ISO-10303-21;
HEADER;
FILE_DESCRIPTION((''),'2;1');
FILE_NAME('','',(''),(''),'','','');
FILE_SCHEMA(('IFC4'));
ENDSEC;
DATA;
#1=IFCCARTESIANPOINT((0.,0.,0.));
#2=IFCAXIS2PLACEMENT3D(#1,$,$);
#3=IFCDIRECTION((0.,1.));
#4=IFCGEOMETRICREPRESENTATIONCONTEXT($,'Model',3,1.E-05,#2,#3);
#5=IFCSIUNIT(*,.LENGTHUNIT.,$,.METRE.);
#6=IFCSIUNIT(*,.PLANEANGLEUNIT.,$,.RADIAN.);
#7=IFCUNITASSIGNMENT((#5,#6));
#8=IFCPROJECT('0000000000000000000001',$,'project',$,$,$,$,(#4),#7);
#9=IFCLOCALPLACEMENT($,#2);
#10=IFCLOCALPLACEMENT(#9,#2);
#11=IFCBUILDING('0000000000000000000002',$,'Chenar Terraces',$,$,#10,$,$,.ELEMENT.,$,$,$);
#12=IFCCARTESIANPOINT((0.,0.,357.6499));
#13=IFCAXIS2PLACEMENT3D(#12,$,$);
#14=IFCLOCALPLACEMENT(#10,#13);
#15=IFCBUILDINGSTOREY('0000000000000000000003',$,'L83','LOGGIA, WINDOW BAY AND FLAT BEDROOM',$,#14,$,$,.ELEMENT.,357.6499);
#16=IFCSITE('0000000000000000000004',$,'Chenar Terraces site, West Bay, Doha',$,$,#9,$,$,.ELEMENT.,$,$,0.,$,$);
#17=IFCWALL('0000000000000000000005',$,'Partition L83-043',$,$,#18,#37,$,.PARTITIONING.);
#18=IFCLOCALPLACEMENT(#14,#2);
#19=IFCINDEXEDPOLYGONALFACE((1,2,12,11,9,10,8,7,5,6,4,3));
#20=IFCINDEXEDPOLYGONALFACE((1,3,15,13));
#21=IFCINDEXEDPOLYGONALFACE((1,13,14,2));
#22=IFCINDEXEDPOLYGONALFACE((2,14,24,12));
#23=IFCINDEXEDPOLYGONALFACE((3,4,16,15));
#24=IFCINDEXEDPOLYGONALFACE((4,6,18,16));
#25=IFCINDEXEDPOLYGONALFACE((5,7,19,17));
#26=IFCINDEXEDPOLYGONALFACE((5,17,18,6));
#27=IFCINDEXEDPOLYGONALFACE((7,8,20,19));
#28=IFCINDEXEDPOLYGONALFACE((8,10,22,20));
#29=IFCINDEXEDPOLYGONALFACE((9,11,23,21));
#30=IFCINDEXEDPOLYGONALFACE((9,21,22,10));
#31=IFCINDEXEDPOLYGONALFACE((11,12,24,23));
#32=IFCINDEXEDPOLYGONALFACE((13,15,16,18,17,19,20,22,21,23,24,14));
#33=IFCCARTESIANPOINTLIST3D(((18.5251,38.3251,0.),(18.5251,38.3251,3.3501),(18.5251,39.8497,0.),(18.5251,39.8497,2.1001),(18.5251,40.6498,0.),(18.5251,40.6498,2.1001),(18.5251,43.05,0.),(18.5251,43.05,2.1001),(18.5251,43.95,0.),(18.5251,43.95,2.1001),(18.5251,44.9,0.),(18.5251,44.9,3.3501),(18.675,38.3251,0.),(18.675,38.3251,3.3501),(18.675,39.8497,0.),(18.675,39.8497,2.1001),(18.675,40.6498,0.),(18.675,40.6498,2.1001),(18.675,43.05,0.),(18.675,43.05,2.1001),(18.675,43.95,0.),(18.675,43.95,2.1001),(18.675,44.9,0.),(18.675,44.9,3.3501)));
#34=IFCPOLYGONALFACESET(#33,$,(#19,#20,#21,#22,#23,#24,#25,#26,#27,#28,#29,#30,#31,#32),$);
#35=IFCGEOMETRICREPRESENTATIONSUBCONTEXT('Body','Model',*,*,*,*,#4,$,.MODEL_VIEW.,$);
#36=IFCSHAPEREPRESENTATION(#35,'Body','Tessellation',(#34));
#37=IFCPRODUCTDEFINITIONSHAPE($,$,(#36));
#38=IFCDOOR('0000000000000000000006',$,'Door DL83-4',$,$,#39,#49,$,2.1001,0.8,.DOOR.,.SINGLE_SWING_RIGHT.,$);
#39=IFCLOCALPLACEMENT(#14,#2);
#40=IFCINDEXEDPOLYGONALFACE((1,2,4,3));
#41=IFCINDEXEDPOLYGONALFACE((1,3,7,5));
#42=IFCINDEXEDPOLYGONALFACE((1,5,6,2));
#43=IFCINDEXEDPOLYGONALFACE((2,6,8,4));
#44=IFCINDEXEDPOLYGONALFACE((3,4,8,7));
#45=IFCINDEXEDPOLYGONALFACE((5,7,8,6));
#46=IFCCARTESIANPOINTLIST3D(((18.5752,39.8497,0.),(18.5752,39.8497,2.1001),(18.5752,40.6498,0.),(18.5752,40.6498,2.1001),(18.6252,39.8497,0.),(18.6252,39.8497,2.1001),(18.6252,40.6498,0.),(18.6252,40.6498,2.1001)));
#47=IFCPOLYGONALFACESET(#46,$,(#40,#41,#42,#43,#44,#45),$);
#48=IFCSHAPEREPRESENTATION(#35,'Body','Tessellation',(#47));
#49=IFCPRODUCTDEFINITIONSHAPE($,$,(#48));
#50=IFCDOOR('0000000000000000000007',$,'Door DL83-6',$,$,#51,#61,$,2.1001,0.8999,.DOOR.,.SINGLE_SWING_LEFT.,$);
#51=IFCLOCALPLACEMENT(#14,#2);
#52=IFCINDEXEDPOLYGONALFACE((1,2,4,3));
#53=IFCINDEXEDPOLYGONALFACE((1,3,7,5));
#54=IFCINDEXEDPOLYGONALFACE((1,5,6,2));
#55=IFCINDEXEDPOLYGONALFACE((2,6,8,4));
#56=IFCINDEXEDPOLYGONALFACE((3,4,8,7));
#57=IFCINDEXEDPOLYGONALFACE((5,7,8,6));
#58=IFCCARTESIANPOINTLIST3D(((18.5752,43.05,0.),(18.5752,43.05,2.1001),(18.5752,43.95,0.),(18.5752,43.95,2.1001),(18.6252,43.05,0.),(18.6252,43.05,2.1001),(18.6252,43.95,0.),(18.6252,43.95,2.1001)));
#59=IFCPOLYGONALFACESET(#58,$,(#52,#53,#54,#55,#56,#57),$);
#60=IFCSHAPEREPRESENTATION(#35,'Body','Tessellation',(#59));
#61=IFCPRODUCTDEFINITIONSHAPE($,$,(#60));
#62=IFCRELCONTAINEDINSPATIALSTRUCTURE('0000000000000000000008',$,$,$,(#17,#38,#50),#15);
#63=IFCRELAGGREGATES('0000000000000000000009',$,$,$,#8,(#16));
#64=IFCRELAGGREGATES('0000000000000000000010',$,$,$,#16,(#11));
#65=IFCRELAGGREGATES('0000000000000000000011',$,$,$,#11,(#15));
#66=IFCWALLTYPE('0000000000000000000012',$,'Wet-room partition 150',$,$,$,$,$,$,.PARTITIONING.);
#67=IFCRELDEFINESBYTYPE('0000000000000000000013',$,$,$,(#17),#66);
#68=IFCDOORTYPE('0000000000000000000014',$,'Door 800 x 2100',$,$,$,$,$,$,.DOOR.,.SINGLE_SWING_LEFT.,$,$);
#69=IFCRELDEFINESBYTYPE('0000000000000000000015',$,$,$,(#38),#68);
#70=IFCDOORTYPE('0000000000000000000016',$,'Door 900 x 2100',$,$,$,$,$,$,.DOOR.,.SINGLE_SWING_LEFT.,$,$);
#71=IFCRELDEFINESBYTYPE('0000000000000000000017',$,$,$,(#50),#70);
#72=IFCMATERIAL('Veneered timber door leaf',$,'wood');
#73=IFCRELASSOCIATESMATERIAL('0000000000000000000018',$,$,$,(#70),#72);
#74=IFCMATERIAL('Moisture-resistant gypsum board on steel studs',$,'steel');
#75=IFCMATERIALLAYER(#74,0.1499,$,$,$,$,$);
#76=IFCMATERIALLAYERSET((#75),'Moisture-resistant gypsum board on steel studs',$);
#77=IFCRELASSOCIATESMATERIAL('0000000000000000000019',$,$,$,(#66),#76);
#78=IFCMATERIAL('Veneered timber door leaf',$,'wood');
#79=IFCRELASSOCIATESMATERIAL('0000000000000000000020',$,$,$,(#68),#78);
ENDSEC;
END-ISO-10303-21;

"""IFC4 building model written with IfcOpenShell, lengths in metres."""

from ifc_helpers import new_model, si_unit, direction, frame, frame_2d, origin, place, context, subcontext, project, spatial, rectangle, extrude, material, layer, layer_set, type_object, element, fill, save


model = new_model("IFC4")

# Units and contexts
model_context = context("Model", 3, precision=1e-05, world=origin(), true_north=direction((0.0, 1.0)))
body_context = subcontext(model_context, "Body", "Model", "MODEL_VIEW")
ifc_project = project(units=[si_unit("LENGTHUNIT", "METRE"), si_unit("PLANEANGLEUNIT", "RADIAN")], contexts=[model_context])

# Site, building, storey
site_placement = place(None, origin())
site = spatial("IfcSite", under=ifc_project, at=site_placement, Name="Chenar Terraces site, West Bay, Doha", CompositionType="ELEMENT", RefElevation=0.0)
building_placement = place(site_placement, origin())
building = spatial("IfcBuilding", under=site, at=building_placement, Name="Chenar Terraces", CompositionType="ELEMENT")
storey_placement = place(building_placement, frame((0.0, 0.0, 357.6499)))
storey = spatial("IfcBuildingStorey", under=building, at=storey_placement, Name="L83", Description="LOGGIA, WINDOW BAY AND FLAT BEDROOM", CompositionType="ELEMENT", Elevation=357.6499)

# Shared definitions
ifc_material_1 = material(Name="Veneered timber door leaf", Category="wood")
door_type_1 = type_object("IfcDoorType", Name="Door 900 x 2100", OperationType="SINGLE_SWING_LEFT", PredefinedType="DOOR", material=ifc_material_1)

# Shared definitions
ifc_material_2 = material(Name="Moisture-resistant gypsum board on steel studs", Category="steel")
ifc_layer_1 = layer(ifc_material_2, 0.1499)
ifc_layer_set_1 = layer_set([ifc_layer_1], Name="Moisture-resistant gypsum board on steel studs")
wall_type_1 = type_object("IfcWallType", Name="Wet-room partition 150", PredefinedType="PARTITIONING", material=ifc_layer_set_1)

# Wall, openings, doors
wall_1_placement = place(storey_placement, frame((18.6001, 38.325, 0.0), z_axis=(0.0, 0.0, 1.0), x_axis=(0.0, 1.0, 0.0)))
wall_1 = element("IfcWall", 1, at=wall_1_placement, inside=storey, type_object=wall_type_1, Name="Partition L83-043", PredefinedType="PARTITIONING", context=body_context, shape_type="SweptSolid", body=[
    extrude(rectangle(XDim=6.575, YDim=0.1499, at=frame_2d((3.2876, 0.0))), origin(), (0.0, 0.0, 1.0), 3.3501),
])
opening_1_placement = place(wall_1_placement, frame((1.5249, 0.0, 0.0)))
opening_1 = element("IfcOpeningElement", 2, at=opening_1_placement, cuts=wall_1, PredefinedType="OPENING", context=body_context, shape_type="SweptSolid", body=[
    extrude(rectangle(XDim=0.8, YDim=2.1001, at=frame_2d((0.3999, 1.05))), frame((0.0, 0.085, 0.0), z_axis=(0.0, -1.0, 0.0), x_axis=(1.0, 0.0, 0.0)), (0.0, 0.0, 1.0), 0.1699),
])
opening_2_placement = place(wall_1_placement, frame((4.7251, 0.0, 0.0)))
opening_2 = element("IfcOpeningElement", 3, at=opening_2_placement, cuts=wall_1, PredefinedType="OPENING", context=body_context, shape_type="SweptSolid", body=[
    extrude(rectangle(XDim=0.8999, YDim=2.1001, at=frame_2d((0.45, 1.05))), frame((0.0, 0.085, 0.0), z_axis=(0.0, -1.0, 0.0), x_axis=(1.0, 0.0, 0.0)), (0.0, 0.0, 1.0), 0.1699),
])
ifc_material_3 = material(Name="Veneered timber door leaf", Category="wood")
door_type_2 = type_object("IfcDoorType", Name="Door 800 x 2100", OperationType="SINGLE_SWING_LEFT", PredefinedType="DOOR", material=ifc_material_3)
door_1_placement = place(opening_1_placement, origin())
door_1 = element("IfcDoor", 4, at=door_1_placement, inside=storey, type_object=door_type_2, Name="Door DL83-4", OperationType="SINGLE_SWING_RIGHT", OverallHeight=2.1001, OverallWidth=0.8, PredefinedType="DOOR", context=body_context, shape_type="SweptSolid", body=[
    extrude(rectangle(XDim=0.8, YDim=2.1001, at=frame_2d((0.3999, 1.05))), frame((0.0, 0.0249, 0.0), z_axis=(0.0, -1.0, 0.0), x_axis=(1.0, 0.0, 0.0)), (0.0, 0.0, 1.0), 0.05),
])
fill(opening_1, door_1)
door_2_placement = place(opening_2_placement, origin())
door_2 = element("IfcDoor", 5, at=door_2_placement, inside=storey, type_object=door_type_1, Name="Door DL83-6", OperationType="SINGLE_SWING_LEFT", OverallHeight=2.1001, OverallWidth=0.8999, PredefinedType="DOOR", context=body_context, shape_type="SweptSolid", body=[
    extrude(rectangle(XDim=0.8999, YDim=2.1001, at=frame_2d((0.45, 1.05))), frame((0.0, 0.0249, 0.0), z_axis=(0.0, -1.0, 0.0), x_axis=(1.0, 0.0, 0.0)), (0.0, 0.0, 1.0), 0.05),
])
fill(opening_2, door_2)

save(model, "model.ifc")
